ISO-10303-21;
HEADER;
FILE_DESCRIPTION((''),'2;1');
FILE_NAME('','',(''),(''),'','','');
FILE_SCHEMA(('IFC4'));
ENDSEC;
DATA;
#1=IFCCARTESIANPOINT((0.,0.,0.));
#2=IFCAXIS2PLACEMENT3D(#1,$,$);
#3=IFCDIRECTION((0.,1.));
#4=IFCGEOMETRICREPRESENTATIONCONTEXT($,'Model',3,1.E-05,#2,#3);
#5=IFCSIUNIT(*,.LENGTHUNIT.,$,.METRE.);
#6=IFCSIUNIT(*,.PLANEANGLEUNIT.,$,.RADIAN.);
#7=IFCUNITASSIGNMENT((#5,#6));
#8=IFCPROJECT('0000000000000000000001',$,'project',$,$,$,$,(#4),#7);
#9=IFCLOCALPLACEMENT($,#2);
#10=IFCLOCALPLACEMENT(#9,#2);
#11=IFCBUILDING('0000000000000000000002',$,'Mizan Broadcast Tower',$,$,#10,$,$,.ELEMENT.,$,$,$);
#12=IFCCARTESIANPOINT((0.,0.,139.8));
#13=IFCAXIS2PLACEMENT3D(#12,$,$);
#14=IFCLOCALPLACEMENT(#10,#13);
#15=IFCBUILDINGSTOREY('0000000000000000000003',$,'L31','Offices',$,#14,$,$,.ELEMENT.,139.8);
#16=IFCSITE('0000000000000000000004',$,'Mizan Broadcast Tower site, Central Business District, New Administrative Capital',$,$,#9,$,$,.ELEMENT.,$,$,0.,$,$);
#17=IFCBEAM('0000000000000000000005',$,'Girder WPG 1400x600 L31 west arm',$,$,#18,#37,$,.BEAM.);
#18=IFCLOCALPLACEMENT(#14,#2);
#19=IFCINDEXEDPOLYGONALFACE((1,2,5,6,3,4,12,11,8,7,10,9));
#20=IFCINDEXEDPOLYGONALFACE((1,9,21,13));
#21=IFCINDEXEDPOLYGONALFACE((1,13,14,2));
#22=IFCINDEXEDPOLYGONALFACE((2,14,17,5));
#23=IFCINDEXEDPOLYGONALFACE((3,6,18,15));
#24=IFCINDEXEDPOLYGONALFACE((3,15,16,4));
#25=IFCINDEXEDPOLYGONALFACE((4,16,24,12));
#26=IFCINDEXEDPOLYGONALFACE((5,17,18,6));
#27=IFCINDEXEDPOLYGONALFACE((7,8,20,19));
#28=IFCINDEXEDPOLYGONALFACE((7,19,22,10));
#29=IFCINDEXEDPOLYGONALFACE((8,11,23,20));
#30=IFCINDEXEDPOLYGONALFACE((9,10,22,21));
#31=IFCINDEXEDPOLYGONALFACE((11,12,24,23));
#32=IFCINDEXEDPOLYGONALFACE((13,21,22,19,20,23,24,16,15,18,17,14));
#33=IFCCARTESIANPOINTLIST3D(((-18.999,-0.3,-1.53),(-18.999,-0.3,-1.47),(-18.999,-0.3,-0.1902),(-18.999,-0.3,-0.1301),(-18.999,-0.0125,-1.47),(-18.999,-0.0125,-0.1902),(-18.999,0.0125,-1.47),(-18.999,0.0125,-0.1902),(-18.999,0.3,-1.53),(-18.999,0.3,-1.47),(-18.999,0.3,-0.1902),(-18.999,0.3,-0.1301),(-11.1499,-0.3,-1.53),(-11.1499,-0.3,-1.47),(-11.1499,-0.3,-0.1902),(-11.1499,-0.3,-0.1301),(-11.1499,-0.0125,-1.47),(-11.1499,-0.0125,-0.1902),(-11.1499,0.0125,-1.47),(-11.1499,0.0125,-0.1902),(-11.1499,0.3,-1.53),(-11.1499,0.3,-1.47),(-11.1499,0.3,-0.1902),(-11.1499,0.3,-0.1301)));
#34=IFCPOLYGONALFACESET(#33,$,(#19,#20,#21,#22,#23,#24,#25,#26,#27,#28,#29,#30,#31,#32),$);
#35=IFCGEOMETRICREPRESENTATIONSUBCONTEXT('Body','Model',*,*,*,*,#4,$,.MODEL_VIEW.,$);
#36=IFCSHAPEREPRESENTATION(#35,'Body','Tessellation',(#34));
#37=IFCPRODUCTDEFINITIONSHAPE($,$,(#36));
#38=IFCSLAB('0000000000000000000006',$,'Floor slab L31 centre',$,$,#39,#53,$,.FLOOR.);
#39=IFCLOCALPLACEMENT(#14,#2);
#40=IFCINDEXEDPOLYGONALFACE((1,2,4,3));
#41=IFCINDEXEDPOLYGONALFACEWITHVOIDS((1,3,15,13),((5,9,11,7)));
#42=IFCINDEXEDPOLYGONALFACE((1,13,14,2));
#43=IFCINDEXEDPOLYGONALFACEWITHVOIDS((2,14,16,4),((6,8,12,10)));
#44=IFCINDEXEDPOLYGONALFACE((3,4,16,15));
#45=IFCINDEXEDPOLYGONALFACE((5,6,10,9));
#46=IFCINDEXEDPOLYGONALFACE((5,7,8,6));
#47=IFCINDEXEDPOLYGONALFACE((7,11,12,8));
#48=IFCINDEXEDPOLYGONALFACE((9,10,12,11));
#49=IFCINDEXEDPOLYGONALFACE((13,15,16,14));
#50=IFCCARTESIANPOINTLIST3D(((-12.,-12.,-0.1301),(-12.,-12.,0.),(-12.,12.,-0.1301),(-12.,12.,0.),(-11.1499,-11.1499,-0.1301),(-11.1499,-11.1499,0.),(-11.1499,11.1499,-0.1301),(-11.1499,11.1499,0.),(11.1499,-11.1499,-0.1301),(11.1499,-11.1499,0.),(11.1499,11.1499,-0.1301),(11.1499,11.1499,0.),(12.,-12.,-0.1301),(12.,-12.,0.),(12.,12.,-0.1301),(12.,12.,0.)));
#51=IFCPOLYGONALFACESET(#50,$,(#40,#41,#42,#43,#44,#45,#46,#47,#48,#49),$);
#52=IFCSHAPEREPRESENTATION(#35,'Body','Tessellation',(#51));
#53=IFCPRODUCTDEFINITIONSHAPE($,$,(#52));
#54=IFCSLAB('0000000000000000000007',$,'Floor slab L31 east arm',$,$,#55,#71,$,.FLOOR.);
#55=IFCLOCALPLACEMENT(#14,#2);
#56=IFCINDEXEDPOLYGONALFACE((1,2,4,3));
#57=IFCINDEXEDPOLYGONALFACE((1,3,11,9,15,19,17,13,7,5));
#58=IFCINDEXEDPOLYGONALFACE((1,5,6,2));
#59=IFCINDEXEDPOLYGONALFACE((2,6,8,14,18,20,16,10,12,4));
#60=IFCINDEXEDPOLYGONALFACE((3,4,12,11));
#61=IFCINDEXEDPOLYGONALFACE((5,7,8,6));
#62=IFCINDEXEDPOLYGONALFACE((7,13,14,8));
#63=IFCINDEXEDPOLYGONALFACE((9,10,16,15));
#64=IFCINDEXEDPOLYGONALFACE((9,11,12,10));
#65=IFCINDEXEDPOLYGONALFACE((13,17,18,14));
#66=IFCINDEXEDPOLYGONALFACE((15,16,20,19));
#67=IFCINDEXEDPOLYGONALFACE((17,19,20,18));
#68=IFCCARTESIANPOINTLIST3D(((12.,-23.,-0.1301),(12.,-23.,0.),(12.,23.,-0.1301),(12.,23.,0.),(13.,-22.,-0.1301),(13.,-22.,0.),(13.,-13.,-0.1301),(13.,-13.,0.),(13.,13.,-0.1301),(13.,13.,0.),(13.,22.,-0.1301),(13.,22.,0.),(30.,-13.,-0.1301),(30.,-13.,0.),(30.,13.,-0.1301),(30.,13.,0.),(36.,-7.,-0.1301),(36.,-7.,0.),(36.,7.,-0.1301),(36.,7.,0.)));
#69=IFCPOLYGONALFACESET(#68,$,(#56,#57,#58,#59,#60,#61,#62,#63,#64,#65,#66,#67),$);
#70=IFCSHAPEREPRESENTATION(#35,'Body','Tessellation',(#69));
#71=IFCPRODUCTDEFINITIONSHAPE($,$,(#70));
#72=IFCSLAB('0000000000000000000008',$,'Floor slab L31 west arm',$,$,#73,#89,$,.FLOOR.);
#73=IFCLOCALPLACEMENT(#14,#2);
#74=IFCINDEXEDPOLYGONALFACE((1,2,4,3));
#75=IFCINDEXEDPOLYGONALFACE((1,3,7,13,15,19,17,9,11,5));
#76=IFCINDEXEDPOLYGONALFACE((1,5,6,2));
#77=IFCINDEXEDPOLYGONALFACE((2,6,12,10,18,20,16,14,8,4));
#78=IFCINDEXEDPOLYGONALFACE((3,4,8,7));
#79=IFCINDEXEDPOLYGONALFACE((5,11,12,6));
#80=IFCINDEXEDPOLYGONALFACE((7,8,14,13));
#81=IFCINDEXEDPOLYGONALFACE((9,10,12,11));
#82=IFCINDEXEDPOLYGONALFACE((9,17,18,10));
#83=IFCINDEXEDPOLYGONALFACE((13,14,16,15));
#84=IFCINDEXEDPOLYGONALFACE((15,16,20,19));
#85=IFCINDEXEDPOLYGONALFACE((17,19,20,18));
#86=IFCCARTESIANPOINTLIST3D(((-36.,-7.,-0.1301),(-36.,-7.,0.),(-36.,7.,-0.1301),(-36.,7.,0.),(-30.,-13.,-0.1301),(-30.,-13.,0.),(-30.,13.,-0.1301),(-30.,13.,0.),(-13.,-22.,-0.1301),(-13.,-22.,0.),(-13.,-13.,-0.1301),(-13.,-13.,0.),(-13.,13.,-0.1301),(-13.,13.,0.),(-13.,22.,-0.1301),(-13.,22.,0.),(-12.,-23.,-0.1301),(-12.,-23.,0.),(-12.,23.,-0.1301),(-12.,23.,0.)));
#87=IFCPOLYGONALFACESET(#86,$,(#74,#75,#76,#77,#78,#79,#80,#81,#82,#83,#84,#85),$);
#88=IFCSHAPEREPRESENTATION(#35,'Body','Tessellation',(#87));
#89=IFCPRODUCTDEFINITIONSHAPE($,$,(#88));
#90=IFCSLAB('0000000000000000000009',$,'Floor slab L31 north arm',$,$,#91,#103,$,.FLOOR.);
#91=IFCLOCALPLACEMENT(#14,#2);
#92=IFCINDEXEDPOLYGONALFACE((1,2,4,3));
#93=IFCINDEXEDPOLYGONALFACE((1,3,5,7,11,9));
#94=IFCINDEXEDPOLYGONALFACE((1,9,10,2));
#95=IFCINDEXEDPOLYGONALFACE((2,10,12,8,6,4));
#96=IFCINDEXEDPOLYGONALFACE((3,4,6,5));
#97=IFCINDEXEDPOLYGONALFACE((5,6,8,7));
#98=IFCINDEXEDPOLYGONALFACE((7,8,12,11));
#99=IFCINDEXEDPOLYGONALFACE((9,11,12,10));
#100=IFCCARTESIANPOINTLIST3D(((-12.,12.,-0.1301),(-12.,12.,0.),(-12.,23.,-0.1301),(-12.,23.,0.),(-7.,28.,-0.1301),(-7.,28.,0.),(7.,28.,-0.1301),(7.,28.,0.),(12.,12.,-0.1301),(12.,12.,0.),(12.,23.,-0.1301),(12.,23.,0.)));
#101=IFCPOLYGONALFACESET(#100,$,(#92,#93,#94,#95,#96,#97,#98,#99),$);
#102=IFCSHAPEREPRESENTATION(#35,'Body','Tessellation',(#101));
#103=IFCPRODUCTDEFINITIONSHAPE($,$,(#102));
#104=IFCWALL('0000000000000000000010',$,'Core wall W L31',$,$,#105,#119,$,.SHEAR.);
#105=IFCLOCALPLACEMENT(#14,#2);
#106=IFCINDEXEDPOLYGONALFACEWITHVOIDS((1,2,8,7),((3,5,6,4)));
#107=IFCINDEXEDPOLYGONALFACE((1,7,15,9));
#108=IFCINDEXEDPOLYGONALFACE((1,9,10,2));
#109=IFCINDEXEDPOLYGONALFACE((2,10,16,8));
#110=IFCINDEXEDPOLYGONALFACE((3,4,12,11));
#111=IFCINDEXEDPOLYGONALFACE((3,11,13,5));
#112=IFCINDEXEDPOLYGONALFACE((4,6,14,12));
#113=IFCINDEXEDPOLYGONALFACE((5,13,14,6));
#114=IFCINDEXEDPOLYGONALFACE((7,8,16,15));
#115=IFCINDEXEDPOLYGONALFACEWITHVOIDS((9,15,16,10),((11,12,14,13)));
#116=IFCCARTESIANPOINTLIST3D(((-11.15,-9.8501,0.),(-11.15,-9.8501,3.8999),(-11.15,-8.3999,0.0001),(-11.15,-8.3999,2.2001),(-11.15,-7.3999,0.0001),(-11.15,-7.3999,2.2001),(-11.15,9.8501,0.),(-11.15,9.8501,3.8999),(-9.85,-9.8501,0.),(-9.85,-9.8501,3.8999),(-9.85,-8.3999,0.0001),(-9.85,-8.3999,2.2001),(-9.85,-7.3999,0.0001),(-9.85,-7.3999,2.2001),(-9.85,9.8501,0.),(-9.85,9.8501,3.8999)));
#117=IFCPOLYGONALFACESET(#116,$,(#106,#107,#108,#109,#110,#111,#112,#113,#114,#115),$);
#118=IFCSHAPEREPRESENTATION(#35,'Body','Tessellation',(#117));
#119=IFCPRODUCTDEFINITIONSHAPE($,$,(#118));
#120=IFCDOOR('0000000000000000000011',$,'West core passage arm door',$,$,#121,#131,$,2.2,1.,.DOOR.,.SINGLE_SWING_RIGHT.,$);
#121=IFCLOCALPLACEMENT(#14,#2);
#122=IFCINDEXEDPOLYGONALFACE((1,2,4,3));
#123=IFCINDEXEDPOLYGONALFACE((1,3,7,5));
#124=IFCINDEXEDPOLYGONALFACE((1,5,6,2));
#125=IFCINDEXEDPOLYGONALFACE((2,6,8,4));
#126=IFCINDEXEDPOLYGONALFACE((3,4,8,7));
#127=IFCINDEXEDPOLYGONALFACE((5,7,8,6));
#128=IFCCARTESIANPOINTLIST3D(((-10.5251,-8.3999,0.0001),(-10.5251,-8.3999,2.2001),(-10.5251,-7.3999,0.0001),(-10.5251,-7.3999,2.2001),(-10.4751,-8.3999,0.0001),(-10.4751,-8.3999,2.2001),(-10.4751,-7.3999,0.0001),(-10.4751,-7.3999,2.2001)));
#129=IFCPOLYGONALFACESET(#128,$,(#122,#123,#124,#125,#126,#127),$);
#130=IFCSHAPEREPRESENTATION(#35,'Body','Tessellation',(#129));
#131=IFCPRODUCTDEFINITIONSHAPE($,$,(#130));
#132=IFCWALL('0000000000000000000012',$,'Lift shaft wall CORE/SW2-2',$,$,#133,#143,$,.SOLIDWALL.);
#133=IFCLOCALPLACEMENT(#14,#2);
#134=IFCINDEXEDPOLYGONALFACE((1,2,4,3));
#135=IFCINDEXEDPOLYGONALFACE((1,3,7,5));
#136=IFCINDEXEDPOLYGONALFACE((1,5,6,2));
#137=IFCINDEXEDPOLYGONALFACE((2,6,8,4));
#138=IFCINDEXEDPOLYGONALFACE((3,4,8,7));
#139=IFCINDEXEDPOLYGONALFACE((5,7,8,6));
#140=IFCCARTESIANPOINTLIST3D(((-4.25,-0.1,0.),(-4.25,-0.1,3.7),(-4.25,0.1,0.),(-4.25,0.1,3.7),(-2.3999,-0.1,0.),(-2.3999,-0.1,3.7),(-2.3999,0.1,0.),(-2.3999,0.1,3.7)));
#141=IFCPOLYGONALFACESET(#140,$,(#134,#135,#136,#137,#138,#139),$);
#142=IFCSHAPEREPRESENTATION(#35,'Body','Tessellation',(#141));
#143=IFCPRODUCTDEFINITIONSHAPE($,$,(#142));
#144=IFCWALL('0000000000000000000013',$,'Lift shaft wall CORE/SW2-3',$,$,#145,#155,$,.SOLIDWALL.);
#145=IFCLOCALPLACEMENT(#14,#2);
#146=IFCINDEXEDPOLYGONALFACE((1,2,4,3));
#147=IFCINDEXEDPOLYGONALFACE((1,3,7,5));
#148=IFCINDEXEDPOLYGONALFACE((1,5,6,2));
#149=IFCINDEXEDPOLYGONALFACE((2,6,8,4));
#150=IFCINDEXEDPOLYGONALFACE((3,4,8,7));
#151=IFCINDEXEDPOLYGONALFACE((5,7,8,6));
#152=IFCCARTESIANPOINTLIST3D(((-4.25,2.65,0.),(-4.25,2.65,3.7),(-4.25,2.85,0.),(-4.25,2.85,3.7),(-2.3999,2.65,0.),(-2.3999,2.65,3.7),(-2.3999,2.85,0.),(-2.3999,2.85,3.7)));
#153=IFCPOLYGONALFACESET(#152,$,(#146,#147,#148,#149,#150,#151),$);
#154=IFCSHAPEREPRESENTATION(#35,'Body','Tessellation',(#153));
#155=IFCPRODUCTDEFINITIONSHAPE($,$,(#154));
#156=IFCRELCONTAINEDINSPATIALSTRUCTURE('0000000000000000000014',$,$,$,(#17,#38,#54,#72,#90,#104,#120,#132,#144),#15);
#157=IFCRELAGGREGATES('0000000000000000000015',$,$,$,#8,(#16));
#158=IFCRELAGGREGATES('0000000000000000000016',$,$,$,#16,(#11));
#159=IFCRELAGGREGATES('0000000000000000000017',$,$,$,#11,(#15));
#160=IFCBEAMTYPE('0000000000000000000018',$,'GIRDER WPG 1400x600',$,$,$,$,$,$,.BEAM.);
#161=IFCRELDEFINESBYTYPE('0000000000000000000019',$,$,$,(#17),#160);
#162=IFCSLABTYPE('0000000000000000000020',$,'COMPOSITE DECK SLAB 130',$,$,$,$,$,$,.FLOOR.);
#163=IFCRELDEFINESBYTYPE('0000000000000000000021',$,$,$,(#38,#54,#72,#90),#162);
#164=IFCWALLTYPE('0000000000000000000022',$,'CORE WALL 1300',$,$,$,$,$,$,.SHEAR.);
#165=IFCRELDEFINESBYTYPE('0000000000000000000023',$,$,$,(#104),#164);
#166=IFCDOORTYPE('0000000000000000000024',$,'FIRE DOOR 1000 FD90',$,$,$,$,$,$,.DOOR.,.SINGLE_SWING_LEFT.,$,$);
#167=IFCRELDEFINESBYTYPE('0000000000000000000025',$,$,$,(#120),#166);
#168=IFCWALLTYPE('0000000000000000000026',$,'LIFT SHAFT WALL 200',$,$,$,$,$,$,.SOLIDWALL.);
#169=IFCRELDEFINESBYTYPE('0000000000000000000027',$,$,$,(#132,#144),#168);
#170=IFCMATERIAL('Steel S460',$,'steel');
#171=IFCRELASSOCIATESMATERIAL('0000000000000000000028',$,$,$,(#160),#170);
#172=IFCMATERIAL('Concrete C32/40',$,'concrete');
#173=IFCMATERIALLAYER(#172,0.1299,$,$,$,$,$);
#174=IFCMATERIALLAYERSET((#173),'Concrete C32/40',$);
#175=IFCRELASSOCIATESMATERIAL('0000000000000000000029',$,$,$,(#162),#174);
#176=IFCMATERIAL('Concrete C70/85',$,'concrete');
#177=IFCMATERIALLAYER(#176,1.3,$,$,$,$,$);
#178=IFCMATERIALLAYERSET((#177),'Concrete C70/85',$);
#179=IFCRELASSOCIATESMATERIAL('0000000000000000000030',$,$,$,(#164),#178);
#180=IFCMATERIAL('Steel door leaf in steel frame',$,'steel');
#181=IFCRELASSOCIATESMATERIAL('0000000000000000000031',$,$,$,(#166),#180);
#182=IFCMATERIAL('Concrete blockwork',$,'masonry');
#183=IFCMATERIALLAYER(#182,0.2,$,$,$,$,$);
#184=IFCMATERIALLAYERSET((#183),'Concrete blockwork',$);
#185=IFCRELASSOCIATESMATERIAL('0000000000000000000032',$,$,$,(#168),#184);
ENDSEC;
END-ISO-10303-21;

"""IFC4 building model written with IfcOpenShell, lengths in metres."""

from ifc_helpers import new_model, si_unit, direction, frame, frame_2d, origin, origin_2d, place, context, subcontext, project, spatial, polyline, rectangle, i_section, outline, extrude, material, layer, layer_set, material_profile, profile_set, type_object, element, fill, save


model = new_model("IFC4")

# Units and contexts
model_context = context("Model", 3, precision=1e-05, world=origin(), true_north=direction((0.0, 1.0)))
body_context = subcontext(model_context, "Body", "Model", "MODEL_VIEW")
ifc_project = project(units=[si_unit("LENGTHUNIT", "METRE"), si_unit("PLANEANGLEUNIT", "RADIAN")], contexts=[model_context])

# Site, building, storey
site_placement = place(None, origin())
site = spatial("IfcSite", under=ifc_project, at=site_placement, Name="Mizan Broadcast Tower site, Central Business District, New Administrative Capital", CompositionType="ELEMENT", RefElevation=0.0)
building_placement = place(site_placement, origin())
building = spatial("IfcBuilding", under=site, at=building_placement, Name="Mizan Broadcast Tower", CompositionType="ELEMENT")
storey_placement = place(building_placement, frame((0.0, 0.0, 139.8)))
storey = spatial("IfcBuildingStorey", under=building, at=storey_placement, Name="L31", Description="Offices", CompositionType="ELEMENT", Elevation=139.8)

# Beam
ifc_material_1 = material(Name="Steel S460", Category="steel")
ifc_material_profile = material_profile(ifc_material_1, i_section(OverallWidth=0.6001, OverallDepth=1.3999, WebThickness=0.0249, FlangeThickness=0.0601, at=origin_2d()), Name="WPG 1400x600")
ifc_profile_set = profile_set([ifc_material_profile], Name="Steel S460")
beam_type = type_object("IfcBeamType", Name="GIRDER WPG 1400x600", PredefinedType="BEAM", material=ifc_profile_set)
beam_placement = place(storey_placement, frame((-11.1499, 0.0, -0.8301), z_axis=(-1.0, 0.0, 0.0), x_axis=(0.0, -1.0, 0.0)))
element("IfcBeam", 1, at=beam_placement, inside=storey, type_object=beam_type, Name="Girder WPG 1400x600 L31 west arm", PredefinedType="BEAM", context=body_context, shape_type="SweptSolid", body=[
    extrude(i_section(OverallWidth=0.6001, OverallDepth=1.3999, WebThickness=0.0249, FlangeThickness=0.0601, at=origin_2d()), origin(), (0.0, 0.0, 1.0), 7.8491),
])

# Slabs
ifc_material_2 = material(Name="Concrete C32/40", Category="concrete")
ifc_layer_1 = layer(ifc_material_2, 0.1299)
ifc_layer_set_1 = layer_set([ifc_layer_1], Name="Concrete C32/40")
slab_type = type_object("IfcSlabType", Name="COMPOSITE DECK SLAB 130", PredefinedType="FLOOR", material=ifc_layer_set_1)
slab_1_placement = place(storey_placement, frame((0.0, 0.0, -0.1301)))
element("IfcSlab", 2, at=slab_1_placement, inside=storey, type_object=slab_type, Name="Floor slab L31 centre", PredefinedType="FLOOR", context=body_context, shape_type="SweptSolid", body=[
    extrude(outline(polyline([(-12.0, -12.0), (12.0, -12.0), (12.0, 12.0), (-12.0, 12.0), (-12.0, -12.0)]), holes=[polyline([(-11.1499, 11.1499), (11.1499, 11.1499), (11.1499, -11.1499), (-11.1499, -11.1499), (-11.1499, 11.1499)])]), origin(), (0.0, 0.0, 1.0), 0.1301),
])
slab_2_placement = place(storey_placement, frame((0.0, 0.0, -0.1301)))
element("IfcSlab", 3, at=slab_2_placement, inside=storey, type_object=slab_type, Name="Floor slab L31 east arm", PredefinedType="FLOOR", context=body_context, shape_type="SweptSolid", body=[
    extrude(outline(polyline([(12.0, -23.0), (13.0, -22.0), (13.0, -13.0), (30.0, -13.0), (36.0, -7.0), (36.0, 7.0), (30.0, 13.0), (13.0, 13.0), (13.0, 22.0), (12.0, 23.0), (12.0, -23.0)])), origin(), (0.0, 0.0, 1.0), 0.1301),
])
slab_3_placement = place(storey_placement, frame((0.0, 0.0, -0.1301)))
element("IfcSlab", 4, at=slab_3_placement, inside=storey, type_object=slab_type, Name="Floor slab L31 west arm", PredefinedType="FLOOR", context=body_context, shape_type="SweptSolid", body=[
    extrude(outline(polyline([(-13.0, -22.0), (-12.0, -23.0), (-12.0, 23.0), (-13.0, 22.0), (-13.0, 13.0), (-30.0, 13.0), (-36.0, 7.0), (-36.0, -7.0), (-30.0, -13.0), (-13.0, -13.0), (-13.0, -22.0)])), origin(), (0.0, 0.0, 1.0), 0.1301),
])
slab_4_placement = place(storey_placement, frame((0.0, 0.0, -0.1301)))
element("IfcSlab", 5, at=slab_4_placement, inside=storey, type_object=slab_type, Name="Floor slab L31 north arm", PredefinedType="FLOOR", context=body_context, shape_type="SweptSolid", body=[
    extrude(outline(polyline([(-7.0, 28.0), (-12.0, 23.0), (-12.0, 12.0), (12.0, 12.0), (12.0, 23.0), (7.0, 28.0), (-7.0, 28.0)])), origin(), (0.0, 0.0, 1.0), 0.1301),
])

# Wall, opening, door
ifc_material_3 = material(Name="Concrete C70/85", Category="concrete")
ifc_layer_2 = layer(ifc_material_3, 1.3)
ifc_layer_set_2 = layer_set([ifc_layer_2], Name="Concrete C70/85")
wall_type_1 = type_object("IfcWallType", Name="CORE WALL 1300", PredefinedType="SHEAR", material=ifc_layer_set_2)
wall_1_placement = place(storey_placement, frame((-10.5, 9.8501, 0.0), z_axis=(0.0, 0.0, 1.0), x_axis=(0.0, -1.0, 0.0)))
wall_1 = element("IfcWall", 6, at=wall_1_placement, inside=storey, type_object=wall_type_1, Name="Core wall W L31", PredefinedType="SHEAR", context=body_context, shape_type="SweptSolid", body=[
    extrude(rectangle(XDim=19.7002, YDim=1.3, at=frame_2d((9.8501, 0.0))), origin(), (0.0, 0.0, 1.0), 3.8999),
])
opening_1_placement = place(wall_1_placement, frame((17.25, 0.0, 0.0)))
opening_1 = element("IfcOpeningElement", 7, at=opening_1_placement, cuts=wall_1, PredefinedType="OPENING", context=body_context, shape_type="SweptSolid", body=[
    extrude(rectangle(XDim=1.0, YDim=2.2, at=frame_2d((0.5, 1.1001))), frame((0.0, 0.6599, 0.0), z_axis=(0.0, -1.0, 0.0), x_axis=(1.0, 0.0, 0.0)), (0.0, 0.0, 1.0), 1.3201),
])
ifc_material_4 = material(Name="Steel door leaf in steel frame", Category="steel")
door_type_1 = type_object("IfcDoorType", Name="FIRE DOOR 1000 FD90", OperationType="SINGLE_SWING_LEFT", PredefinedType="DOOR", material=ifc_material_4)
door_1_placement = place(opening_1_placement, origin())
door_1 = element("IfcDoor", 8, at=door_1_placement, inside=storey, type_object=door_type_1, Name="West core passage arm door", OperationType="SINGLE_SWING_RIGHT", OverallHeight=2.2, OverallWidth=1.0, PredefinedType="DOOR", context=body_context, shape_type="SweptSolid", body=[
    extrude(rectangle(XDim=1.0, YDim=2.2, at=frame_2d((0.5, 1.1001))), frame((0.0, 0.0249, 0.0), z_axis=(0.0, -1.0, 0.0), x_axis=(1.0, 0.0, 0.0)), (0.0, 0.0, 1.0), 0.05),
])
fill(opening_1, door_1)

# Walls
ifc_material_5 = material(Name="Concrete blockwork", Category="masonry")
ifc_layer_3 = layer(ifc_material_5, 0.2)
ifc_layer_set_3 = layer_set([ifc_layer_3], Name="Concrete blockwork")
wall_type_2 = type_object("IfcWallType", Name="LIFT SHAFT WALL 200", PredefinedType="SOLIDWALL", material=ifc_layer_set_3)
for number, where, z_axis, x_axis, name in (
    (9, (-4.25, 0.0, 0.0), (0.0, 0.0, 1.0), (1.0, 0.0, 0.0), "Lift shaft wall CORE/SW2-2"),
    (10, (-4.25, 2.75, 0.0), (0.0, 0.0, 1.0), (1.0, 0.0, 0.0), "Lift shaft wall CORE/SW2-3"),
):
    element("IfcWall", number, at=place(storey_placement, frame(where, z_axis=z_axis, x_axis=x_axis)), inside=storey, type_object=wall_type_2, Name=name, PredefinedType="SOLIDWALL", context=body_context, shape_type="SweptSolid", body=[
        extrude(rectangle(XDim=1.8501, YDim=0.2, at=frame_2d((0.925, 0.0))), origin(), (0.0, 0.0, 1.0), 3.7),
    ])

save(model, "model.ifc")
